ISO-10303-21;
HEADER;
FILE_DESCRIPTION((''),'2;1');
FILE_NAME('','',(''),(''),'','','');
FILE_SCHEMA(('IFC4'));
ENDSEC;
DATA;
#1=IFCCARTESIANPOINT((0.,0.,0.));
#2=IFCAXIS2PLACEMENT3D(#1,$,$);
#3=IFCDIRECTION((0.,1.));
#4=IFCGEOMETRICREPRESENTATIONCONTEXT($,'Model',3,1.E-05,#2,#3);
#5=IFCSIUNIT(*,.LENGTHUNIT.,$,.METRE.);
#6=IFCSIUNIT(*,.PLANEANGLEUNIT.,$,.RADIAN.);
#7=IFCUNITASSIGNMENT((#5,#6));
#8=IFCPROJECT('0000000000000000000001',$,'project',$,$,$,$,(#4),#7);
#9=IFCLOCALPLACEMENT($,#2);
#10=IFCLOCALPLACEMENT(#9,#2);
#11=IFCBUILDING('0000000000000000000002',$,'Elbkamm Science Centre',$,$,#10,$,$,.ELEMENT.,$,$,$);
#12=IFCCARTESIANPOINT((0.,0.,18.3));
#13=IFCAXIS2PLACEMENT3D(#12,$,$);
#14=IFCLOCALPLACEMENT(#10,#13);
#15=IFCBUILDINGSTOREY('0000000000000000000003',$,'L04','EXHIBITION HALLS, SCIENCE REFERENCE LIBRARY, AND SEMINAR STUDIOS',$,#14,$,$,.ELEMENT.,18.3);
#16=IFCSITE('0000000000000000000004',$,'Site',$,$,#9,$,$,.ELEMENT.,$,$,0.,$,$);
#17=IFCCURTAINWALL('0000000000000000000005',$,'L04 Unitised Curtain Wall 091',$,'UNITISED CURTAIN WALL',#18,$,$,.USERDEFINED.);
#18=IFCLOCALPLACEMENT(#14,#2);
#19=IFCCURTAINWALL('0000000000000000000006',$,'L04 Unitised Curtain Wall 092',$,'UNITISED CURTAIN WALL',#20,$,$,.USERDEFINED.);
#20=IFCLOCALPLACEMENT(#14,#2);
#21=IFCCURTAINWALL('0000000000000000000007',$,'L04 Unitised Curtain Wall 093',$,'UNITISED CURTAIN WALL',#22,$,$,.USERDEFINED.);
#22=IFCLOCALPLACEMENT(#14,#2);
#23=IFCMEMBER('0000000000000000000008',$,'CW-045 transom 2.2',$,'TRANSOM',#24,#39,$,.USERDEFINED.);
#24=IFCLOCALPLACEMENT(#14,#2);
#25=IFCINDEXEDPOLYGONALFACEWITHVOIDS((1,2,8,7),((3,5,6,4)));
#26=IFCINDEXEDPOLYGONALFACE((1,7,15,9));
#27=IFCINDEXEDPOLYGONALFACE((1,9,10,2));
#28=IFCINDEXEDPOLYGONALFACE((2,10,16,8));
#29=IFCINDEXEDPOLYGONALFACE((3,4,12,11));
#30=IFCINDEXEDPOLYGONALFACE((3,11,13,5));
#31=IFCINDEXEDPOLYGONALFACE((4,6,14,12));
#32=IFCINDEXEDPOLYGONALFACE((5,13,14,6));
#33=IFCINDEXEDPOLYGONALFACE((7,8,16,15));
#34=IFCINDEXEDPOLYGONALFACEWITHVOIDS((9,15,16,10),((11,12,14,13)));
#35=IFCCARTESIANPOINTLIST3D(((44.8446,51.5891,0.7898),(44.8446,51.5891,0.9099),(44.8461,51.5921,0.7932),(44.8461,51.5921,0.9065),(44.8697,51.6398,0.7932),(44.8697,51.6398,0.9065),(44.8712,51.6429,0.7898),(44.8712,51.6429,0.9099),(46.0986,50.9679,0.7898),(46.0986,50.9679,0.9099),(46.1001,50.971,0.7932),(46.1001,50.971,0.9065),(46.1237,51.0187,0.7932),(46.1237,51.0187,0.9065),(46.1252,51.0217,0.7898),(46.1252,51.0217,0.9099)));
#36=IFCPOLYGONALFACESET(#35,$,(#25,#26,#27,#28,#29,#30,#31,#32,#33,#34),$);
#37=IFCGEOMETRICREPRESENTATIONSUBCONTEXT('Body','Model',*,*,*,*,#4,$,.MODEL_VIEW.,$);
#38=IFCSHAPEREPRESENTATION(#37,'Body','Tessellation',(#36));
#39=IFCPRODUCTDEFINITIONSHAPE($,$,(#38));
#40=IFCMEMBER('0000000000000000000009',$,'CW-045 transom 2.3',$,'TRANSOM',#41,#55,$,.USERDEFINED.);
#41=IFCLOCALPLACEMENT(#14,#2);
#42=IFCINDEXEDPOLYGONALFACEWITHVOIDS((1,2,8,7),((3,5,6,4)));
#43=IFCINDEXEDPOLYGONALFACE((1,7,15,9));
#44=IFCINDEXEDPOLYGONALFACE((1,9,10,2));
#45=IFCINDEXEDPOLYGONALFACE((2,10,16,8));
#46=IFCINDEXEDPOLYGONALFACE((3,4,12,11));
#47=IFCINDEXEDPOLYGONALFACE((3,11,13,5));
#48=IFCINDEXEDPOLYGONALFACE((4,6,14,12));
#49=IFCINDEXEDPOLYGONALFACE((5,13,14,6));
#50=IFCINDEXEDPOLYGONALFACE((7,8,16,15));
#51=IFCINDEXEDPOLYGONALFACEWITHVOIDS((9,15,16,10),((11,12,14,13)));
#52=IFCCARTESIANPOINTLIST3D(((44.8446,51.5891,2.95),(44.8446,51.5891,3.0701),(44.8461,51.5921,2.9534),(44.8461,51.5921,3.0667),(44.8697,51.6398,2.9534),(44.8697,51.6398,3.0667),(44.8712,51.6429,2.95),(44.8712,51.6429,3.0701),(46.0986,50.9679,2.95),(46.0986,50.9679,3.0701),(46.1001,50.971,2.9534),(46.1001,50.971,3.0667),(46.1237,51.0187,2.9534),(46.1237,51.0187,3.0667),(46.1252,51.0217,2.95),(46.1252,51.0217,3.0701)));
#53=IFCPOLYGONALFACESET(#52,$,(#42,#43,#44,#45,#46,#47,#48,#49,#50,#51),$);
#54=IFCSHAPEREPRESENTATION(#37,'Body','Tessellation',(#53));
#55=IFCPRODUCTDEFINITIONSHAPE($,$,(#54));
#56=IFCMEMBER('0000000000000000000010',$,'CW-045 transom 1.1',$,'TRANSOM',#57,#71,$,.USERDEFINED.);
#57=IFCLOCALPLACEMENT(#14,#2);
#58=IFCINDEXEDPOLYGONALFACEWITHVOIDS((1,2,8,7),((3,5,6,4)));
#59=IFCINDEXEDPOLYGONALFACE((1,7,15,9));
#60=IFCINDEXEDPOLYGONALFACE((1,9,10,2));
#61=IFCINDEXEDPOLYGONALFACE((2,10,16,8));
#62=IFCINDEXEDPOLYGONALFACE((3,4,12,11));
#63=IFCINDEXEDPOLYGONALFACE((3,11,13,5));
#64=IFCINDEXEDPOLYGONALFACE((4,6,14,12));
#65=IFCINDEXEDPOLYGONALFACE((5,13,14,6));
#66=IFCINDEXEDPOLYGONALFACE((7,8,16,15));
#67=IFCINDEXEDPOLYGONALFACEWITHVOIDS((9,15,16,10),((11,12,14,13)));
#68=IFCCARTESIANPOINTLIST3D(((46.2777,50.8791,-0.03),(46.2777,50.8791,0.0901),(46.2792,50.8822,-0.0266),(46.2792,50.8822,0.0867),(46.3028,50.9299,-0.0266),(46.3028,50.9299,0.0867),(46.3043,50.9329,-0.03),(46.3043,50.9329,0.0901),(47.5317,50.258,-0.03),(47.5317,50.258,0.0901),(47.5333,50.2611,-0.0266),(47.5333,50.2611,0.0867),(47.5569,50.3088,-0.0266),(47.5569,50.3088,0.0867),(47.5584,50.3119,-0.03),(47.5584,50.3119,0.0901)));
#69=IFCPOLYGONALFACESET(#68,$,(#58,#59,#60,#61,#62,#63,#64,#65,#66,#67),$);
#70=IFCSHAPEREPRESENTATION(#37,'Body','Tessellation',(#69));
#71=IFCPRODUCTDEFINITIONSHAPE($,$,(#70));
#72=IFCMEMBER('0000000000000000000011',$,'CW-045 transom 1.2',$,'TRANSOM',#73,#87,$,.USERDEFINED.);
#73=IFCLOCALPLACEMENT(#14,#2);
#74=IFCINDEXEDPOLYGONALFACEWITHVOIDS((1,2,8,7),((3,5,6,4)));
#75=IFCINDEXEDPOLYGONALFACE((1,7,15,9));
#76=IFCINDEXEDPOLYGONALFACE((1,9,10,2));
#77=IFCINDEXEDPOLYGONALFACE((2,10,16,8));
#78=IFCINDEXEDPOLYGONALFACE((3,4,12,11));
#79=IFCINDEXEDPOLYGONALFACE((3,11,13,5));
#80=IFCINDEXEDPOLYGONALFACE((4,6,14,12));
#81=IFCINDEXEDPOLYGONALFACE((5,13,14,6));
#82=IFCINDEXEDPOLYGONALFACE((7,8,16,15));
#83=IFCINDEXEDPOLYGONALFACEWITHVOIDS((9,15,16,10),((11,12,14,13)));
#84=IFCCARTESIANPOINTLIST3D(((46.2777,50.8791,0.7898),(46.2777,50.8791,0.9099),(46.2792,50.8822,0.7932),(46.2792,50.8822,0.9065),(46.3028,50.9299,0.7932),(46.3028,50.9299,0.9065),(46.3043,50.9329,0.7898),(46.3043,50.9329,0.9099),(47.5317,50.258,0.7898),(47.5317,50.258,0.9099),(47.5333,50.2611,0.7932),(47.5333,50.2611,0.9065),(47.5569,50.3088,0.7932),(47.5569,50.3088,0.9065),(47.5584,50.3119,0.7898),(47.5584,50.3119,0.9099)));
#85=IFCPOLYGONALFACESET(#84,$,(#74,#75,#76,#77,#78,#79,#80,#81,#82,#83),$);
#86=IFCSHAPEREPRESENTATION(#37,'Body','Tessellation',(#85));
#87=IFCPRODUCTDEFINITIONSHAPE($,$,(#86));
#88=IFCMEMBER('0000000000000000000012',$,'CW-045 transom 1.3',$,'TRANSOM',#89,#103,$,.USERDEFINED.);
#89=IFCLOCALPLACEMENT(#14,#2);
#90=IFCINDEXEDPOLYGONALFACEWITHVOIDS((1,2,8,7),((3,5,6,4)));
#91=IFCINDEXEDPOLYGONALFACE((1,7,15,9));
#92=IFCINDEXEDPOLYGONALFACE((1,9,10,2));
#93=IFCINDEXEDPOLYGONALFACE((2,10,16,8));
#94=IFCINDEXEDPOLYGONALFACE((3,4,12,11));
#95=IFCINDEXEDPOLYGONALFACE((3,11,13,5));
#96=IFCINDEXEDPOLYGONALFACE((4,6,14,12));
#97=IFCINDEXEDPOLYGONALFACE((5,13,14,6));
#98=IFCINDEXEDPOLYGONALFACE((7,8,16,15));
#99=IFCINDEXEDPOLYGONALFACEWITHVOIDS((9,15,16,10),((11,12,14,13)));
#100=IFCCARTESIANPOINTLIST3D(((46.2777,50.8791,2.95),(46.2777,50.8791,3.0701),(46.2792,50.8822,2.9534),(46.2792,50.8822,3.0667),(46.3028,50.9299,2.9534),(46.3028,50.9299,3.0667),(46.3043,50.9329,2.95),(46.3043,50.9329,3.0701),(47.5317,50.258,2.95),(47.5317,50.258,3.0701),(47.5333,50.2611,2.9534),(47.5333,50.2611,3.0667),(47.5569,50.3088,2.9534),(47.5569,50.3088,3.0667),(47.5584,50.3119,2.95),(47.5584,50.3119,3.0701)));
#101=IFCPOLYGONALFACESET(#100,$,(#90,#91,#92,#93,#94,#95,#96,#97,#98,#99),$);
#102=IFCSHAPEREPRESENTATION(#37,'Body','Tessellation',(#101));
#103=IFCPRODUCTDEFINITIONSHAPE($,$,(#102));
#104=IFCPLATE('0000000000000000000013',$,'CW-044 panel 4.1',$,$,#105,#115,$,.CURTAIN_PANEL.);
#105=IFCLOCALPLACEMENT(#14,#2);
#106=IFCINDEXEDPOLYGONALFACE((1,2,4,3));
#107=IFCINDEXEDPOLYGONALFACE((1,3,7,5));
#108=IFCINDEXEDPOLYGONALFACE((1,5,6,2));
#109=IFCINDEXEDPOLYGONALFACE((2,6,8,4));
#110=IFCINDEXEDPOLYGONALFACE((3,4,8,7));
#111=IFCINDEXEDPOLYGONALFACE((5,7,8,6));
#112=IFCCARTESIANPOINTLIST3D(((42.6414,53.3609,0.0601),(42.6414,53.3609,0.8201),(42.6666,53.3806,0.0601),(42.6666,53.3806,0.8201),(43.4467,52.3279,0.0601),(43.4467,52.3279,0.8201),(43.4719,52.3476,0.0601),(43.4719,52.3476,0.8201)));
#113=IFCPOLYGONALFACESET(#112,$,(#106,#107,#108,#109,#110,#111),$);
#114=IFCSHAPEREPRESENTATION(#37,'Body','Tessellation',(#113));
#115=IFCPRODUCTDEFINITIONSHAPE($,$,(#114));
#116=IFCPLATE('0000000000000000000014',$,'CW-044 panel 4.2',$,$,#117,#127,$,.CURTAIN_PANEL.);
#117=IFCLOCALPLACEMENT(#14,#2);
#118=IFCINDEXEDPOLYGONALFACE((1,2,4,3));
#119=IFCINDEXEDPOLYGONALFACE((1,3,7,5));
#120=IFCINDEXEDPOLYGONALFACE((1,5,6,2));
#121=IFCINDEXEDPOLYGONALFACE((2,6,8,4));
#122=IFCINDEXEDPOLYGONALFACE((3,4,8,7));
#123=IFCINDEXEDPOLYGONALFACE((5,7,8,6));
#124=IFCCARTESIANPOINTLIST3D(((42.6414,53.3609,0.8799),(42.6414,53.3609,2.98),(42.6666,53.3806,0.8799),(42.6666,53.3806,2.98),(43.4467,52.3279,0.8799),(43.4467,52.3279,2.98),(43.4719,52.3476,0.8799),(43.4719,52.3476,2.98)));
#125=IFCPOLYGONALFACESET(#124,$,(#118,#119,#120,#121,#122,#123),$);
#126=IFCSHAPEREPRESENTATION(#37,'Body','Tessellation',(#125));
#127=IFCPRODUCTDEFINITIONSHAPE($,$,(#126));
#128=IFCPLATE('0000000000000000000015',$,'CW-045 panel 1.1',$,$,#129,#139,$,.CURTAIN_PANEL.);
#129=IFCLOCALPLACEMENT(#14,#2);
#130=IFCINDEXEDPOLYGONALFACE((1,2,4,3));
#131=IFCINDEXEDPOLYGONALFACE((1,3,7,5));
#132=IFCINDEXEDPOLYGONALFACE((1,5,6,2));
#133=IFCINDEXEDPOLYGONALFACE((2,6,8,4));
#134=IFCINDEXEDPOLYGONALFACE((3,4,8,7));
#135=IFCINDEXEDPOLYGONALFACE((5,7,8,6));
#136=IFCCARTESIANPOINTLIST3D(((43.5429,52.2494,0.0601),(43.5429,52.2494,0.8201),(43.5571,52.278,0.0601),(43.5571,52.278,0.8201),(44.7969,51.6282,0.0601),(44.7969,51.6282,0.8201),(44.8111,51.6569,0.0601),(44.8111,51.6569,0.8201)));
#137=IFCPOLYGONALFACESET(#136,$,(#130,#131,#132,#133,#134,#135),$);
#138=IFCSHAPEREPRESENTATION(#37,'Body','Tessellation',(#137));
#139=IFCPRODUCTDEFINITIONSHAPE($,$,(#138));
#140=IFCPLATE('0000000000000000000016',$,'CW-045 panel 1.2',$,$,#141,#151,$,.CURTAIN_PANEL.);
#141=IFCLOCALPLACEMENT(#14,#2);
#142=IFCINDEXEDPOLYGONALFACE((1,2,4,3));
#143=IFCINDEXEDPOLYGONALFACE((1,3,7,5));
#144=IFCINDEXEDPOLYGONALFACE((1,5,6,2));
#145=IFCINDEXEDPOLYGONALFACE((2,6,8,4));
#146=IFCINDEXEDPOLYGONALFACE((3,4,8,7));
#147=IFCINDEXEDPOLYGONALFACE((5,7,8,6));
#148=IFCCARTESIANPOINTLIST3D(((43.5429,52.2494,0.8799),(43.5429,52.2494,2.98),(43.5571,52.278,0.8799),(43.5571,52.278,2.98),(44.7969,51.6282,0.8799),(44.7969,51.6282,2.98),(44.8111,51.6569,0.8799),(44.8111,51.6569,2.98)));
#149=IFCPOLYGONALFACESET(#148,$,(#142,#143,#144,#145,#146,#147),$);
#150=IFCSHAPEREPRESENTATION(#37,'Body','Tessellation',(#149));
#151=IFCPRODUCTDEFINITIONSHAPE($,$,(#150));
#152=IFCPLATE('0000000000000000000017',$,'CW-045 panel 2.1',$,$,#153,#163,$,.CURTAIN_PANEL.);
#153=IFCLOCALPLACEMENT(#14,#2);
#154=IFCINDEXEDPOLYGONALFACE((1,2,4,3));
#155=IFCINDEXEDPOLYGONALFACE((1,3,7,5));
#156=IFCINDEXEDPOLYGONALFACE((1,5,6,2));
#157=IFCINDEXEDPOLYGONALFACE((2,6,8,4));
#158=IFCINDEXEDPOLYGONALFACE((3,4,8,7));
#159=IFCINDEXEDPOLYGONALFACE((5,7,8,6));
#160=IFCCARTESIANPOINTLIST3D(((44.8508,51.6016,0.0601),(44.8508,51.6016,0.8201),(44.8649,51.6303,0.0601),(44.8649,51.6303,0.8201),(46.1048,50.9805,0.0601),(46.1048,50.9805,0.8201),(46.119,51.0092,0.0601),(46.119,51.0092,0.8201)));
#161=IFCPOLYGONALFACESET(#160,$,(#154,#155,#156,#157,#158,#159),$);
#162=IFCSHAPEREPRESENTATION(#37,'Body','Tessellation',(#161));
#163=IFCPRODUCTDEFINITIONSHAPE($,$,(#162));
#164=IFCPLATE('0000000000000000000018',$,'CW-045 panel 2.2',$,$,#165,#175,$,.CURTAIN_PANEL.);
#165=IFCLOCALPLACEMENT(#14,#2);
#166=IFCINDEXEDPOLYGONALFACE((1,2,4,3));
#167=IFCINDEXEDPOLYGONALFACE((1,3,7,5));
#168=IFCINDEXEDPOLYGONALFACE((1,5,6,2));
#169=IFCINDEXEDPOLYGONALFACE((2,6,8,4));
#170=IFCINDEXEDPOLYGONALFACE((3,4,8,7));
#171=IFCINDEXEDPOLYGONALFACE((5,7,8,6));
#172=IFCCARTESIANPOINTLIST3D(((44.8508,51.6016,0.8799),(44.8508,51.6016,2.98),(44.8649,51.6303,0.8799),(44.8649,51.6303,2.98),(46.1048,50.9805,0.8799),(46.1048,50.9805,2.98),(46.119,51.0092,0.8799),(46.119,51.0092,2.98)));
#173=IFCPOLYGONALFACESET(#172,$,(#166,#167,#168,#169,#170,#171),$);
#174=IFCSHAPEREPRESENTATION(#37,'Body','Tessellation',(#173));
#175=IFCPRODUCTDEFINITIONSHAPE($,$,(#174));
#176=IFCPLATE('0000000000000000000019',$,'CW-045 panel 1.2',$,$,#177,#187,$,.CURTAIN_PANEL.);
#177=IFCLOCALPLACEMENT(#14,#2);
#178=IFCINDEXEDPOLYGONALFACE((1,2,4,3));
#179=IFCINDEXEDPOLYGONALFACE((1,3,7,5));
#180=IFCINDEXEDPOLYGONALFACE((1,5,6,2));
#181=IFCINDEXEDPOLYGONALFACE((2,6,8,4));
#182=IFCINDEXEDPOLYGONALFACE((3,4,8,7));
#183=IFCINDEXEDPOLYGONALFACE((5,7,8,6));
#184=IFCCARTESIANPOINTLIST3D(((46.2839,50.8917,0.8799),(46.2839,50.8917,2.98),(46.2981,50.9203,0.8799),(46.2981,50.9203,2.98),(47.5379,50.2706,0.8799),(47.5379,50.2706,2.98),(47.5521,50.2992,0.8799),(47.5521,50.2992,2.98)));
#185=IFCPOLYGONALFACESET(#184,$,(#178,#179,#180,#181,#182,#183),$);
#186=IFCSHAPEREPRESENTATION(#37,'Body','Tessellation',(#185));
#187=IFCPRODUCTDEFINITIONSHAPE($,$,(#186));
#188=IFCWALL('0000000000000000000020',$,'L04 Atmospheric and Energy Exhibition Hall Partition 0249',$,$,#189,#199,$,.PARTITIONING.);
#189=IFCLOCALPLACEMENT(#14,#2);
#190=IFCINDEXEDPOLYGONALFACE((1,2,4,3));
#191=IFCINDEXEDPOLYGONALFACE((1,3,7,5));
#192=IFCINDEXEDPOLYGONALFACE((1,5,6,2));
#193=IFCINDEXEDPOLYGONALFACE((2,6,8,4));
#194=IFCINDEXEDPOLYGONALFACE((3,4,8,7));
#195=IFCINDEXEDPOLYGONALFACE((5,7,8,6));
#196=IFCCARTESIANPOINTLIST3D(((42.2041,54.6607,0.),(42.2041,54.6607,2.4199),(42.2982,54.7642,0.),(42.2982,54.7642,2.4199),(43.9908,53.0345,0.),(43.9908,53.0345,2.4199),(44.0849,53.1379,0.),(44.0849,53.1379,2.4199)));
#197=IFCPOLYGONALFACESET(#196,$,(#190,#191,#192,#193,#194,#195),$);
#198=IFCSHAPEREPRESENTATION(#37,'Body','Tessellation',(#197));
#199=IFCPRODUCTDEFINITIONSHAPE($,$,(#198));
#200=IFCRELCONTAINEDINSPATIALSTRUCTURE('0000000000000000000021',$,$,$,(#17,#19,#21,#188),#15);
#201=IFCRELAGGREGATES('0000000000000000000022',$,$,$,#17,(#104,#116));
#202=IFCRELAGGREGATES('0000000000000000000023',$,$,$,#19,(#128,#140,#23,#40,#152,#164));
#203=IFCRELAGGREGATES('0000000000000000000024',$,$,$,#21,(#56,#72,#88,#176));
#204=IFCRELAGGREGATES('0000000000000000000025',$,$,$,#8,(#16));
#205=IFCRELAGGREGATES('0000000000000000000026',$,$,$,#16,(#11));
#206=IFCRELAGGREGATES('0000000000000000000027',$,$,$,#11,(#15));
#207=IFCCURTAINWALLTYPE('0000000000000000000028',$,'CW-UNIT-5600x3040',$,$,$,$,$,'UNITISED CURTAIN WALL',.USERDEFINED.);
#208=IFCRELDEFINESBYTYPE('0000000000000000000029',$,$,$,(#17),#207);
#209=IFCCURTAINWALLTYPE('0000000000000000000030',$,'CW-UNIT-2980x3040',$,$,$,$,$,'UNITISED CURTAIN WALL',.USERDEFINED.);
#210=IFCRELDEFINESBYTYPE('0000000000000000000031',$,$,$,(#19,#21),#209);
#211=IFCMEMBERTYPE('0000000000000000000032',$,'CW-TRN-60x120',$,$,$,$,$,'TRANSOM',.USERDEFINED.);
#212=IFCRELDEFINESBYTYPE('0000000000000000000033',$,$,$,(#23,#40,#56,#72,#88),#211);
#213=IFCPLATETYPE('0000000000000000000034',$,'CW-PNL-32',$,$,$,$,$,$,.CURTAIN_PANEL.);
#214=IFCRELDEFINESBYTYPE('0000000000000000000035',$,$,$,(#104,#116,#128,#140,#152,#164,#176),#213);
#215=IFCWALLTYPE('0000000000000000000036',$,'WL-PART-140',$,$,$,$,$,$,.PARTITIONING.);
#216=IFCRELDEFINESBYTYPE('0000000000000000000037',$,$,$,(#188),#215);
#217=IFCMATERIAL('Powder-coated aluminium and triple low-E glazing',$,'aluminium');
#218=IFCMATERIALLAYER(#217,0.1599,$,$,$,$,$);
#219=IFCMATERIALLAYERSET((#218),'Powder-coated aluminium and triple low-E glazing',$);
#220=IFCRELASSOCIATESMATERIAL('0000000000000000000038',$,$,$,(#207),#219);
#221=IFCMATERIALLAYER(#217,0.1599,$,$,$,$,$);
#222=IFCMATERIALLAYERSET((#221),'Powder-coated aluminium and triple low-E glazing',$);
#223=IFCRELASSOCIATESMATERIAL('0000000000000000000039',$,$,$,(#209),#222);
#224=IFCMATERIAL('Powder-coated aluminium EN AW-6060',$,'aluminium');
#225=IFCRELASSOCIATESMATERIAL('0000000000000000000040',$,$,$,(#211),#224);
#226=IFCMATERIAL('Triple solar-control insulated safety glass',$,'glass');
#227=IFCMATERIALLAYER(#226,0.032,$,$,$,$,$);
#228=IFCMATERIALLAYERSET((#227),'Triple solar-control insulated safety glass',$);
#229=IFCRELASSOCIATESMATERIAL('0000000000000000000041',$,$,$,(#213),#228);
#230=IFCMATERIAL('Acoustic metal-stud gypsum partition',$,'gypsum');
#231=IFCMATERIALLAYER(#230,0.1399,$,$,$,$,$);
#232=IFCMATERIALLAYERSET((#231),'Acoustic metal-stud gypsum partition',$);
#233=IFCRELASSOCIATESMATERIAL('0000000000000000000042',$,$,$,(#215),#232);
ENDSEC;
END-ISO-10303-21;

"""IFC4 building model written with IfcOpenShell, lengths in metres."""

from ifc_helpers import new_model, si_unit, direction, frame, frame_2d, origin, origin_2d, place, context, subcontext, project, spatial, rectangle, hollow_rectangle, extrude, material, layer, layer_set, material_profile, profile_set, type_object, element, aggregate, save


model = new_model("IFC4")

# Units and contexts
model_context = context("Model", 3, precision=1e-05, world=origin(), true_north=direction((0.0, 1.0)))
body_context = subcontext(model_context, "Body", "Model", "MODEL_VIEW")
ifc_project = project(units=[si_unit("LENGTHUNIT", "METRE"), si_unit("PLANEANGLEUNIT", "RADIAN")], contexts=[model_context])

# Site, building, storey
site_placement = place(None, origin())
site = spatial("IfcSite", under=ifc_project, at=site_placement, Name="Site", CompositionType="ELEMENT", RefElevation=0.0)
building_placement = place(site_placement, origin())
building = spatial("IfcBuilding", under=site, at=building_placement, Name="Elbkamm Science Centre", CompositionType="ELEMENT")
storey_placement = place(building_placement, frame((0.0, 0.0, 18.3)))
storey = spatial("IfcBuildingStorey", under=building, at=storey_placement, Name="L04", Description="EXHIBITION HALLS, SCIENCE REFERENCE LIBRARY, AND SEMINAR STUDIOS", CompositionType="ELEMENT", Elevation=18.3)

# Curtain wall
ifc_material_1 = material(Name="Powder-coated aluminium and triple low-E glazing", Category="aluminium")
ifc_layer_1 = layer(ifc_material_1, 0.1599)
ifc_layer_set_1 = layer_set([ifc_layer_1], Name="Powder-coated aluminium and triple low-E glazing")
curtain_wall_type_1 = type_object("IfcCurtainWallType", Name="CW-UNIT-5600x3040", ElementType="UNITISED CURTAIN WALL", PredefinedType="USERDEFINED", material=ifc_layer_set_1)
curtain_wall_1_placement = place(storey_placement, origin())
curtain_wall_1 = element("IfcCurtainWall", 1, at=curtain_wall_1_placement, inside=storey, type_object=curtain_wall_type_1, Name="L04 Unitised Curtain Wall 091", ObjectType="UNITISED CURTAIN WALL", PredefinedType="USERDEFINED")
ifc_material_2 = material(Name="Powder-coated aluminium EN AW-6060", Category="aluminium")

# Curtain wall
ifc_layer_2 = layer(ifc_material_1, 0.1599)
ifc_layer_set_2 = layer_set([ifc_layer_2], Name="Powder-coated aluminium and triple low-E glazing")
curtain_wall_type_2 = type_object("IfcCurtainWallType", Name="CW-UNIT-2980x3040", ElementType="UNITISED CURTAIN WALL", PredefinedType="USERDEFINED", material=ifc_layer_set_2)
curtain_wall_2_placement = place(storey_placement, origin())
curtain_wall_2 = element("IfcCurtainWall", 2, at=curtain_wall_2_placement, inside=storey, type_object=curtain_wall_type_2, Name="L04 Unitised Curtain Wall 092", ObjectType="UNITISED CURTAIN WALL", PredefinedType="USERDEFINED")

# Curtain wall
curtain_wall_3_placement = place(storey_placement, origin())
curtain_wall_3 = element("IfcCurtainWall", 3, at=curtain_wall_3_placement, inside=storey, type_object=curtain_wall_type_2, Name="L04 Unitised Curtain Wall 093", ObjectType="UNITISED CURTAIN WALL", PredefinedType="USERDEFINED")

# Members
ifc_material_profile_1 = material_profile(ifc_material_2, hollow_rectangle(XDim=0.0601, YDim=0.1201, WallThickness=0.0034, at=origin_2d()), Name="ALU T60x120")
ifc_profile_set_1 = profile_set([ifc_material_profile_1], Name="Powder-coated aluminium EN AW-6060")
member_type_1 = type_object("IfcMemberType", Name="CW-TRN-60x120", ElementType="TRANSOM", PredefinedType="USERDEFINED", material=ifc_profile_set_1)
member_1_placement = place(storey_placement, frame((44.8579, 51.616, 0.8499), z_axis=(0.896096, -0.443861, 0.0), x_axis=(0.443861, 0.896096, 0.0)))
member_1 = element("IfcMember", 4, at=member_1_placement, type_object=member_type_1, Name="CW-045 transom 2.2", ObjectType="TRANSOM", PredefinedType="USERDEFINED", context=body_context, shape_type="SweptSolid", body=[
    extrude(hollow_rectangle(XDim=0.0601, YDim=0.1201, WallThickness=0.0034, at=origin_2d()), origin(), (0.0, 0.0, 1.0), 1.3994),
])
member_2_placement = place(storey_placement, frame((44.8579, 51.616, 3.01), z_axis=(0.896096, -0.443861, 0.0), x_axis=(0.443861, 0.896096, 0.0)))
member_2 = element("IfcMember", 5, at=member_2_placement, type_object=member_type_1, Name="CW-045 transom 2.3", ObjectType="TRANSOM", PredefinedType="USERDEFINED", context=body_context, shape_type="SweptSolid", body=[
    extrude(hollow_rectangle(XDim=0.0601, YDim=0.1201, WallThickness=0.0034, at=origin_2d()), origin(), (0.0, 0.0, 1.0), 1.3994),
])
member_3_placement = place(storey_placement, frame((46.291, 50.906, 0.03), z_axis=(0.89613, -0.443791, 0.0), x_axis=(0.443791, 0.89613, 0.0)))
member_3 = element("IfcMember", 6, at=member_3_placement, type_object=member_type_1, Name="CW-045 transom 1.1", ObjectType="TRANSOM", PredefinedType="USERDEFINED", context=body_context, shape_type="SweptSolid", body=[
    extrude(hollow_rectangle(XDim=0.0601, YDim=0.1201, WallThickness=0.0034, at=origin_2d()), origin(), (0.0, 0.0, 1.0), 1.3994),
])
member_4_placement = place(storey_placement, frame((46.291, 50.906, 0.8499), z_axis=(0.89613, -0.443791, 0.0), x_axis=(0.443791, 0.89613, 0.0)))
member_4 = element("IfcMember", 7, at=member_4_placement, type_object=member_type_1, Name="CW-045 transom 1.2", ObjectType="TRANSOM", PredefinedType="USERDEFINED", context=body_context, shape_type="SweptSolid", body=[
    extrude(hollow_rectangle(XDim=0.0601, YDim=0.1201, WallThickness=0.0034, at=origin_2d()), origin(), (0.0, 0.0, 1.0), 1.3994),
])
member_5_placement = place(storey_placement, frame((46.291, 50.906, 3.01), z_axis=(0.89613, -0.443791, 0.0), x_axis=(0.443791, 0.89613, 0.0)))
member_5 = element("IfcMember", 8, at=member_5_placement, type_object=member_type_1, Name="CW-045 transom 1.3", ObjectType="TRANSOM", PredefinedType="USERDEFINED", context=body_context, shape_type="SweptSolid", body=[
    extrude(hollow_rectangle(XDim=0.0601, YDim=0.1201, WallThickness=0.0034, at=origin_2d()), origin(), (0.0, 0.0, 1.0), 1.3994),
])

# Plates
ifc_material_3 = material(Name="Triple solar-control insulated safety glass", Category="glass")
ifc_layer_3 = layer(ifc_material_3, 0.032)
ifc_layer_set_3 = layer_set([ifc_layer_3], Name="Triple solar-control insulated safety glass")
plate_type = type_object("IfcPlateType", Name="CW-PNL-32", PredefinedType="CURTAIN_PANEL", material=ifc_layer_set_3)
plate_1_placement = place(storey_placement, frame((43.0566, 52.8542, 0.0601), z_axis=(0.0, 0.0, 1.0), x_axis=(0.614806, -0.788679, 0.0)))
plate_1 = element("IfcPlate", 9, at=plate_1_placement, type_object=plate_type, Name="CW-044 panel 4.1", PredefinedType="CURTAIN_PANEL", context=body_context, shape_type="SweptSolid", body=[
    extrude(rectangle(XDim=1.3098, YDim=0.032, at=origin_2d()), origin(), (0.0, 0.0, 1.0), 0.76),
])
plate_2_placement = place(storey_placement, frame((43.0566, 52.8542, 0.8799), z_axis=(0.0, 0.0, 1.0), x_axis=(0.614806, -0.788679, 0.0)))
plate_2 = element("IfcPlate", 10, at=plate_2_placement, type_object=plate_type, Name="CW-044 panel 4.2", PredefinedType="CURTAIN_PANEL", context=body_context, shape_type="SweptSolid", body=[
    extrude(rectangle(XDim=1.3098, YDim=0.032, at=origin_2d()), origin(), (0.0, 0.0, 1.0), 2.1001),
])
aggregate(curtain_wall_1, [plate_1, plate_2])
plate_3_placement = place(storey_placement, frame((44.177, 51.9531, 0.0601), z_axis=(0.0, 0.0, 1.0), x_axis=(0.896106, -0.44384, 0.0)))
plate_3 = element("IfcPlate", 11, at=plate_3_placement, type_object=plate_type, Name="CW-045 panel 1.1", PredefinedType="CURTAIN_PANEL", context=body_context, shape_type="SweptSolid", body=[
    extrude(rectangle(XDim=1.3994, YDim=0.032, at=origin_2d()), origin(), (0.0, 0.0, 1.0), 0.76),
])
plate_4_placement = place(storey_placement, frame((44.177, 51.9531, 0.8799), z_axis=(0.0, 0.0, 1.0), x_axis=(0.896106, -0.44384, 0.0)))
plate_4 = element("IfcPlate", 12, at=plate_4_placement, type_object=plate_type, Name="CW-045 panel 1.2", PredefinedType="CURTAIN_PANEL", context=body_context, shape_type="SweptSolid", body=[
    extrude(rectangle(XDim=1.3994, YDim=0.032, at=origin_2d()), origin(), (0.0, 0.0, 1.0), 2.1001),
])
plate_5_placement = place(storey_placement, frame((45.4849, 51.3054, 0.0601), z_axis=(0.0, 0.0, 1.0), x_axis=(0.896106, -0.44384, 0.0)))
plate_5 = element("IfcPlate", 13, at=plate_5_placement, type_object=plate_type, Name="CW-045 panel 2.1", PredefinedType="CURTAIN_PANEL", context=body_context, shape_type="SweptSolid", body=[
    extrude(rectangle(XDim=1.3994, YDim=0.032, at=origin_2d()), origin(), (0.0, 0.0, 1.0), 0.76),
])
plate_6_placement = place(storey_placement, frame((45.4849, 51.3054, 0.8799), z_axis=(0.0, 0.0, 1.0), x_axis=(0.896106, -0.44384, 0.0)))
plate_6 = element("IfcPlate", 14, at=plate_6_placement, type_object=plate_type, Name="CW-045 panel 2.2", PredefinedType="CURTAIN_PANEL", context=body_context, shape_type="SweptSolid", body=[
    extrude(rectangle(XDim=1.3994, YDim=0.032, at=origin_2d()), origin(), (0.0, 0.0, 1.0), 2.1001),
])
aggregate(curtain_wall_2, [plate_3, plate_4, member_1, member_2, plate_5, plate_6])
plate_7_placement = place(storey_placement, frame((46.918, 50.5955, 0.8799), z_axis=(0.0, 0.0, 1.0), x_axis=(0.896106, -0.44384, 0.0)))
plate_7 = element("IfcPlate", 15, at=plate_7_placement, type_object=plate_type, Name="CW-045 panel 1.2", PredefinedType="CURTAIN_PANEL", context=body_context, shape_type="SweptSolid", body=[
    extrude(rectangle(XDim=1.3994, YDim=0.032, at=origin_2d()), origin(), (0.0, 0.0, 1.0), 2.1001),
])
aggregate(curtain_wall_3, [member_3, member_4, member_5, plate_7])

# Wall
ifc_material_4 = material(Name="Acoustic metal-stud gypsum partition", Category="gypsum")
ifc_layer_4 = layer(ifc_material_4, 0.1399)
ifc_layer_set_4 = layer_set([ifc_layer_4], Name="Acoustic metal-stud gypsum partition")
wall_type_1 = type_object("IfcWallType", Name="WL-PART-140", PredefinedType="PARTITIONING", material=ifc_layer_set_4)
wall_1_placement = place(storey_placement, frame((44.0378, 53.0862, 0.0), z_axis=(0.0, 0.0, 1.0), x_axis=(-0.739524, 0.67313, 0.0)))
element("IfcWall", 16, at=wall_1_placement, inside=storey, type_object=wall_type_1, Name="L04 Atmospheric and Energy Exhibition Hall Partition 0249", PredefinedType="PARTITIONING", context=body_context, shape_type="SweptSolid", body=[
    extrude(rectangle(XDim=2.416, YDim=0.1399, at=frame_2d((1.208, 0.0))), origin(), (0.0, 0.0, 1.0), 2.4199),
])

save(model, "model.ifc")
